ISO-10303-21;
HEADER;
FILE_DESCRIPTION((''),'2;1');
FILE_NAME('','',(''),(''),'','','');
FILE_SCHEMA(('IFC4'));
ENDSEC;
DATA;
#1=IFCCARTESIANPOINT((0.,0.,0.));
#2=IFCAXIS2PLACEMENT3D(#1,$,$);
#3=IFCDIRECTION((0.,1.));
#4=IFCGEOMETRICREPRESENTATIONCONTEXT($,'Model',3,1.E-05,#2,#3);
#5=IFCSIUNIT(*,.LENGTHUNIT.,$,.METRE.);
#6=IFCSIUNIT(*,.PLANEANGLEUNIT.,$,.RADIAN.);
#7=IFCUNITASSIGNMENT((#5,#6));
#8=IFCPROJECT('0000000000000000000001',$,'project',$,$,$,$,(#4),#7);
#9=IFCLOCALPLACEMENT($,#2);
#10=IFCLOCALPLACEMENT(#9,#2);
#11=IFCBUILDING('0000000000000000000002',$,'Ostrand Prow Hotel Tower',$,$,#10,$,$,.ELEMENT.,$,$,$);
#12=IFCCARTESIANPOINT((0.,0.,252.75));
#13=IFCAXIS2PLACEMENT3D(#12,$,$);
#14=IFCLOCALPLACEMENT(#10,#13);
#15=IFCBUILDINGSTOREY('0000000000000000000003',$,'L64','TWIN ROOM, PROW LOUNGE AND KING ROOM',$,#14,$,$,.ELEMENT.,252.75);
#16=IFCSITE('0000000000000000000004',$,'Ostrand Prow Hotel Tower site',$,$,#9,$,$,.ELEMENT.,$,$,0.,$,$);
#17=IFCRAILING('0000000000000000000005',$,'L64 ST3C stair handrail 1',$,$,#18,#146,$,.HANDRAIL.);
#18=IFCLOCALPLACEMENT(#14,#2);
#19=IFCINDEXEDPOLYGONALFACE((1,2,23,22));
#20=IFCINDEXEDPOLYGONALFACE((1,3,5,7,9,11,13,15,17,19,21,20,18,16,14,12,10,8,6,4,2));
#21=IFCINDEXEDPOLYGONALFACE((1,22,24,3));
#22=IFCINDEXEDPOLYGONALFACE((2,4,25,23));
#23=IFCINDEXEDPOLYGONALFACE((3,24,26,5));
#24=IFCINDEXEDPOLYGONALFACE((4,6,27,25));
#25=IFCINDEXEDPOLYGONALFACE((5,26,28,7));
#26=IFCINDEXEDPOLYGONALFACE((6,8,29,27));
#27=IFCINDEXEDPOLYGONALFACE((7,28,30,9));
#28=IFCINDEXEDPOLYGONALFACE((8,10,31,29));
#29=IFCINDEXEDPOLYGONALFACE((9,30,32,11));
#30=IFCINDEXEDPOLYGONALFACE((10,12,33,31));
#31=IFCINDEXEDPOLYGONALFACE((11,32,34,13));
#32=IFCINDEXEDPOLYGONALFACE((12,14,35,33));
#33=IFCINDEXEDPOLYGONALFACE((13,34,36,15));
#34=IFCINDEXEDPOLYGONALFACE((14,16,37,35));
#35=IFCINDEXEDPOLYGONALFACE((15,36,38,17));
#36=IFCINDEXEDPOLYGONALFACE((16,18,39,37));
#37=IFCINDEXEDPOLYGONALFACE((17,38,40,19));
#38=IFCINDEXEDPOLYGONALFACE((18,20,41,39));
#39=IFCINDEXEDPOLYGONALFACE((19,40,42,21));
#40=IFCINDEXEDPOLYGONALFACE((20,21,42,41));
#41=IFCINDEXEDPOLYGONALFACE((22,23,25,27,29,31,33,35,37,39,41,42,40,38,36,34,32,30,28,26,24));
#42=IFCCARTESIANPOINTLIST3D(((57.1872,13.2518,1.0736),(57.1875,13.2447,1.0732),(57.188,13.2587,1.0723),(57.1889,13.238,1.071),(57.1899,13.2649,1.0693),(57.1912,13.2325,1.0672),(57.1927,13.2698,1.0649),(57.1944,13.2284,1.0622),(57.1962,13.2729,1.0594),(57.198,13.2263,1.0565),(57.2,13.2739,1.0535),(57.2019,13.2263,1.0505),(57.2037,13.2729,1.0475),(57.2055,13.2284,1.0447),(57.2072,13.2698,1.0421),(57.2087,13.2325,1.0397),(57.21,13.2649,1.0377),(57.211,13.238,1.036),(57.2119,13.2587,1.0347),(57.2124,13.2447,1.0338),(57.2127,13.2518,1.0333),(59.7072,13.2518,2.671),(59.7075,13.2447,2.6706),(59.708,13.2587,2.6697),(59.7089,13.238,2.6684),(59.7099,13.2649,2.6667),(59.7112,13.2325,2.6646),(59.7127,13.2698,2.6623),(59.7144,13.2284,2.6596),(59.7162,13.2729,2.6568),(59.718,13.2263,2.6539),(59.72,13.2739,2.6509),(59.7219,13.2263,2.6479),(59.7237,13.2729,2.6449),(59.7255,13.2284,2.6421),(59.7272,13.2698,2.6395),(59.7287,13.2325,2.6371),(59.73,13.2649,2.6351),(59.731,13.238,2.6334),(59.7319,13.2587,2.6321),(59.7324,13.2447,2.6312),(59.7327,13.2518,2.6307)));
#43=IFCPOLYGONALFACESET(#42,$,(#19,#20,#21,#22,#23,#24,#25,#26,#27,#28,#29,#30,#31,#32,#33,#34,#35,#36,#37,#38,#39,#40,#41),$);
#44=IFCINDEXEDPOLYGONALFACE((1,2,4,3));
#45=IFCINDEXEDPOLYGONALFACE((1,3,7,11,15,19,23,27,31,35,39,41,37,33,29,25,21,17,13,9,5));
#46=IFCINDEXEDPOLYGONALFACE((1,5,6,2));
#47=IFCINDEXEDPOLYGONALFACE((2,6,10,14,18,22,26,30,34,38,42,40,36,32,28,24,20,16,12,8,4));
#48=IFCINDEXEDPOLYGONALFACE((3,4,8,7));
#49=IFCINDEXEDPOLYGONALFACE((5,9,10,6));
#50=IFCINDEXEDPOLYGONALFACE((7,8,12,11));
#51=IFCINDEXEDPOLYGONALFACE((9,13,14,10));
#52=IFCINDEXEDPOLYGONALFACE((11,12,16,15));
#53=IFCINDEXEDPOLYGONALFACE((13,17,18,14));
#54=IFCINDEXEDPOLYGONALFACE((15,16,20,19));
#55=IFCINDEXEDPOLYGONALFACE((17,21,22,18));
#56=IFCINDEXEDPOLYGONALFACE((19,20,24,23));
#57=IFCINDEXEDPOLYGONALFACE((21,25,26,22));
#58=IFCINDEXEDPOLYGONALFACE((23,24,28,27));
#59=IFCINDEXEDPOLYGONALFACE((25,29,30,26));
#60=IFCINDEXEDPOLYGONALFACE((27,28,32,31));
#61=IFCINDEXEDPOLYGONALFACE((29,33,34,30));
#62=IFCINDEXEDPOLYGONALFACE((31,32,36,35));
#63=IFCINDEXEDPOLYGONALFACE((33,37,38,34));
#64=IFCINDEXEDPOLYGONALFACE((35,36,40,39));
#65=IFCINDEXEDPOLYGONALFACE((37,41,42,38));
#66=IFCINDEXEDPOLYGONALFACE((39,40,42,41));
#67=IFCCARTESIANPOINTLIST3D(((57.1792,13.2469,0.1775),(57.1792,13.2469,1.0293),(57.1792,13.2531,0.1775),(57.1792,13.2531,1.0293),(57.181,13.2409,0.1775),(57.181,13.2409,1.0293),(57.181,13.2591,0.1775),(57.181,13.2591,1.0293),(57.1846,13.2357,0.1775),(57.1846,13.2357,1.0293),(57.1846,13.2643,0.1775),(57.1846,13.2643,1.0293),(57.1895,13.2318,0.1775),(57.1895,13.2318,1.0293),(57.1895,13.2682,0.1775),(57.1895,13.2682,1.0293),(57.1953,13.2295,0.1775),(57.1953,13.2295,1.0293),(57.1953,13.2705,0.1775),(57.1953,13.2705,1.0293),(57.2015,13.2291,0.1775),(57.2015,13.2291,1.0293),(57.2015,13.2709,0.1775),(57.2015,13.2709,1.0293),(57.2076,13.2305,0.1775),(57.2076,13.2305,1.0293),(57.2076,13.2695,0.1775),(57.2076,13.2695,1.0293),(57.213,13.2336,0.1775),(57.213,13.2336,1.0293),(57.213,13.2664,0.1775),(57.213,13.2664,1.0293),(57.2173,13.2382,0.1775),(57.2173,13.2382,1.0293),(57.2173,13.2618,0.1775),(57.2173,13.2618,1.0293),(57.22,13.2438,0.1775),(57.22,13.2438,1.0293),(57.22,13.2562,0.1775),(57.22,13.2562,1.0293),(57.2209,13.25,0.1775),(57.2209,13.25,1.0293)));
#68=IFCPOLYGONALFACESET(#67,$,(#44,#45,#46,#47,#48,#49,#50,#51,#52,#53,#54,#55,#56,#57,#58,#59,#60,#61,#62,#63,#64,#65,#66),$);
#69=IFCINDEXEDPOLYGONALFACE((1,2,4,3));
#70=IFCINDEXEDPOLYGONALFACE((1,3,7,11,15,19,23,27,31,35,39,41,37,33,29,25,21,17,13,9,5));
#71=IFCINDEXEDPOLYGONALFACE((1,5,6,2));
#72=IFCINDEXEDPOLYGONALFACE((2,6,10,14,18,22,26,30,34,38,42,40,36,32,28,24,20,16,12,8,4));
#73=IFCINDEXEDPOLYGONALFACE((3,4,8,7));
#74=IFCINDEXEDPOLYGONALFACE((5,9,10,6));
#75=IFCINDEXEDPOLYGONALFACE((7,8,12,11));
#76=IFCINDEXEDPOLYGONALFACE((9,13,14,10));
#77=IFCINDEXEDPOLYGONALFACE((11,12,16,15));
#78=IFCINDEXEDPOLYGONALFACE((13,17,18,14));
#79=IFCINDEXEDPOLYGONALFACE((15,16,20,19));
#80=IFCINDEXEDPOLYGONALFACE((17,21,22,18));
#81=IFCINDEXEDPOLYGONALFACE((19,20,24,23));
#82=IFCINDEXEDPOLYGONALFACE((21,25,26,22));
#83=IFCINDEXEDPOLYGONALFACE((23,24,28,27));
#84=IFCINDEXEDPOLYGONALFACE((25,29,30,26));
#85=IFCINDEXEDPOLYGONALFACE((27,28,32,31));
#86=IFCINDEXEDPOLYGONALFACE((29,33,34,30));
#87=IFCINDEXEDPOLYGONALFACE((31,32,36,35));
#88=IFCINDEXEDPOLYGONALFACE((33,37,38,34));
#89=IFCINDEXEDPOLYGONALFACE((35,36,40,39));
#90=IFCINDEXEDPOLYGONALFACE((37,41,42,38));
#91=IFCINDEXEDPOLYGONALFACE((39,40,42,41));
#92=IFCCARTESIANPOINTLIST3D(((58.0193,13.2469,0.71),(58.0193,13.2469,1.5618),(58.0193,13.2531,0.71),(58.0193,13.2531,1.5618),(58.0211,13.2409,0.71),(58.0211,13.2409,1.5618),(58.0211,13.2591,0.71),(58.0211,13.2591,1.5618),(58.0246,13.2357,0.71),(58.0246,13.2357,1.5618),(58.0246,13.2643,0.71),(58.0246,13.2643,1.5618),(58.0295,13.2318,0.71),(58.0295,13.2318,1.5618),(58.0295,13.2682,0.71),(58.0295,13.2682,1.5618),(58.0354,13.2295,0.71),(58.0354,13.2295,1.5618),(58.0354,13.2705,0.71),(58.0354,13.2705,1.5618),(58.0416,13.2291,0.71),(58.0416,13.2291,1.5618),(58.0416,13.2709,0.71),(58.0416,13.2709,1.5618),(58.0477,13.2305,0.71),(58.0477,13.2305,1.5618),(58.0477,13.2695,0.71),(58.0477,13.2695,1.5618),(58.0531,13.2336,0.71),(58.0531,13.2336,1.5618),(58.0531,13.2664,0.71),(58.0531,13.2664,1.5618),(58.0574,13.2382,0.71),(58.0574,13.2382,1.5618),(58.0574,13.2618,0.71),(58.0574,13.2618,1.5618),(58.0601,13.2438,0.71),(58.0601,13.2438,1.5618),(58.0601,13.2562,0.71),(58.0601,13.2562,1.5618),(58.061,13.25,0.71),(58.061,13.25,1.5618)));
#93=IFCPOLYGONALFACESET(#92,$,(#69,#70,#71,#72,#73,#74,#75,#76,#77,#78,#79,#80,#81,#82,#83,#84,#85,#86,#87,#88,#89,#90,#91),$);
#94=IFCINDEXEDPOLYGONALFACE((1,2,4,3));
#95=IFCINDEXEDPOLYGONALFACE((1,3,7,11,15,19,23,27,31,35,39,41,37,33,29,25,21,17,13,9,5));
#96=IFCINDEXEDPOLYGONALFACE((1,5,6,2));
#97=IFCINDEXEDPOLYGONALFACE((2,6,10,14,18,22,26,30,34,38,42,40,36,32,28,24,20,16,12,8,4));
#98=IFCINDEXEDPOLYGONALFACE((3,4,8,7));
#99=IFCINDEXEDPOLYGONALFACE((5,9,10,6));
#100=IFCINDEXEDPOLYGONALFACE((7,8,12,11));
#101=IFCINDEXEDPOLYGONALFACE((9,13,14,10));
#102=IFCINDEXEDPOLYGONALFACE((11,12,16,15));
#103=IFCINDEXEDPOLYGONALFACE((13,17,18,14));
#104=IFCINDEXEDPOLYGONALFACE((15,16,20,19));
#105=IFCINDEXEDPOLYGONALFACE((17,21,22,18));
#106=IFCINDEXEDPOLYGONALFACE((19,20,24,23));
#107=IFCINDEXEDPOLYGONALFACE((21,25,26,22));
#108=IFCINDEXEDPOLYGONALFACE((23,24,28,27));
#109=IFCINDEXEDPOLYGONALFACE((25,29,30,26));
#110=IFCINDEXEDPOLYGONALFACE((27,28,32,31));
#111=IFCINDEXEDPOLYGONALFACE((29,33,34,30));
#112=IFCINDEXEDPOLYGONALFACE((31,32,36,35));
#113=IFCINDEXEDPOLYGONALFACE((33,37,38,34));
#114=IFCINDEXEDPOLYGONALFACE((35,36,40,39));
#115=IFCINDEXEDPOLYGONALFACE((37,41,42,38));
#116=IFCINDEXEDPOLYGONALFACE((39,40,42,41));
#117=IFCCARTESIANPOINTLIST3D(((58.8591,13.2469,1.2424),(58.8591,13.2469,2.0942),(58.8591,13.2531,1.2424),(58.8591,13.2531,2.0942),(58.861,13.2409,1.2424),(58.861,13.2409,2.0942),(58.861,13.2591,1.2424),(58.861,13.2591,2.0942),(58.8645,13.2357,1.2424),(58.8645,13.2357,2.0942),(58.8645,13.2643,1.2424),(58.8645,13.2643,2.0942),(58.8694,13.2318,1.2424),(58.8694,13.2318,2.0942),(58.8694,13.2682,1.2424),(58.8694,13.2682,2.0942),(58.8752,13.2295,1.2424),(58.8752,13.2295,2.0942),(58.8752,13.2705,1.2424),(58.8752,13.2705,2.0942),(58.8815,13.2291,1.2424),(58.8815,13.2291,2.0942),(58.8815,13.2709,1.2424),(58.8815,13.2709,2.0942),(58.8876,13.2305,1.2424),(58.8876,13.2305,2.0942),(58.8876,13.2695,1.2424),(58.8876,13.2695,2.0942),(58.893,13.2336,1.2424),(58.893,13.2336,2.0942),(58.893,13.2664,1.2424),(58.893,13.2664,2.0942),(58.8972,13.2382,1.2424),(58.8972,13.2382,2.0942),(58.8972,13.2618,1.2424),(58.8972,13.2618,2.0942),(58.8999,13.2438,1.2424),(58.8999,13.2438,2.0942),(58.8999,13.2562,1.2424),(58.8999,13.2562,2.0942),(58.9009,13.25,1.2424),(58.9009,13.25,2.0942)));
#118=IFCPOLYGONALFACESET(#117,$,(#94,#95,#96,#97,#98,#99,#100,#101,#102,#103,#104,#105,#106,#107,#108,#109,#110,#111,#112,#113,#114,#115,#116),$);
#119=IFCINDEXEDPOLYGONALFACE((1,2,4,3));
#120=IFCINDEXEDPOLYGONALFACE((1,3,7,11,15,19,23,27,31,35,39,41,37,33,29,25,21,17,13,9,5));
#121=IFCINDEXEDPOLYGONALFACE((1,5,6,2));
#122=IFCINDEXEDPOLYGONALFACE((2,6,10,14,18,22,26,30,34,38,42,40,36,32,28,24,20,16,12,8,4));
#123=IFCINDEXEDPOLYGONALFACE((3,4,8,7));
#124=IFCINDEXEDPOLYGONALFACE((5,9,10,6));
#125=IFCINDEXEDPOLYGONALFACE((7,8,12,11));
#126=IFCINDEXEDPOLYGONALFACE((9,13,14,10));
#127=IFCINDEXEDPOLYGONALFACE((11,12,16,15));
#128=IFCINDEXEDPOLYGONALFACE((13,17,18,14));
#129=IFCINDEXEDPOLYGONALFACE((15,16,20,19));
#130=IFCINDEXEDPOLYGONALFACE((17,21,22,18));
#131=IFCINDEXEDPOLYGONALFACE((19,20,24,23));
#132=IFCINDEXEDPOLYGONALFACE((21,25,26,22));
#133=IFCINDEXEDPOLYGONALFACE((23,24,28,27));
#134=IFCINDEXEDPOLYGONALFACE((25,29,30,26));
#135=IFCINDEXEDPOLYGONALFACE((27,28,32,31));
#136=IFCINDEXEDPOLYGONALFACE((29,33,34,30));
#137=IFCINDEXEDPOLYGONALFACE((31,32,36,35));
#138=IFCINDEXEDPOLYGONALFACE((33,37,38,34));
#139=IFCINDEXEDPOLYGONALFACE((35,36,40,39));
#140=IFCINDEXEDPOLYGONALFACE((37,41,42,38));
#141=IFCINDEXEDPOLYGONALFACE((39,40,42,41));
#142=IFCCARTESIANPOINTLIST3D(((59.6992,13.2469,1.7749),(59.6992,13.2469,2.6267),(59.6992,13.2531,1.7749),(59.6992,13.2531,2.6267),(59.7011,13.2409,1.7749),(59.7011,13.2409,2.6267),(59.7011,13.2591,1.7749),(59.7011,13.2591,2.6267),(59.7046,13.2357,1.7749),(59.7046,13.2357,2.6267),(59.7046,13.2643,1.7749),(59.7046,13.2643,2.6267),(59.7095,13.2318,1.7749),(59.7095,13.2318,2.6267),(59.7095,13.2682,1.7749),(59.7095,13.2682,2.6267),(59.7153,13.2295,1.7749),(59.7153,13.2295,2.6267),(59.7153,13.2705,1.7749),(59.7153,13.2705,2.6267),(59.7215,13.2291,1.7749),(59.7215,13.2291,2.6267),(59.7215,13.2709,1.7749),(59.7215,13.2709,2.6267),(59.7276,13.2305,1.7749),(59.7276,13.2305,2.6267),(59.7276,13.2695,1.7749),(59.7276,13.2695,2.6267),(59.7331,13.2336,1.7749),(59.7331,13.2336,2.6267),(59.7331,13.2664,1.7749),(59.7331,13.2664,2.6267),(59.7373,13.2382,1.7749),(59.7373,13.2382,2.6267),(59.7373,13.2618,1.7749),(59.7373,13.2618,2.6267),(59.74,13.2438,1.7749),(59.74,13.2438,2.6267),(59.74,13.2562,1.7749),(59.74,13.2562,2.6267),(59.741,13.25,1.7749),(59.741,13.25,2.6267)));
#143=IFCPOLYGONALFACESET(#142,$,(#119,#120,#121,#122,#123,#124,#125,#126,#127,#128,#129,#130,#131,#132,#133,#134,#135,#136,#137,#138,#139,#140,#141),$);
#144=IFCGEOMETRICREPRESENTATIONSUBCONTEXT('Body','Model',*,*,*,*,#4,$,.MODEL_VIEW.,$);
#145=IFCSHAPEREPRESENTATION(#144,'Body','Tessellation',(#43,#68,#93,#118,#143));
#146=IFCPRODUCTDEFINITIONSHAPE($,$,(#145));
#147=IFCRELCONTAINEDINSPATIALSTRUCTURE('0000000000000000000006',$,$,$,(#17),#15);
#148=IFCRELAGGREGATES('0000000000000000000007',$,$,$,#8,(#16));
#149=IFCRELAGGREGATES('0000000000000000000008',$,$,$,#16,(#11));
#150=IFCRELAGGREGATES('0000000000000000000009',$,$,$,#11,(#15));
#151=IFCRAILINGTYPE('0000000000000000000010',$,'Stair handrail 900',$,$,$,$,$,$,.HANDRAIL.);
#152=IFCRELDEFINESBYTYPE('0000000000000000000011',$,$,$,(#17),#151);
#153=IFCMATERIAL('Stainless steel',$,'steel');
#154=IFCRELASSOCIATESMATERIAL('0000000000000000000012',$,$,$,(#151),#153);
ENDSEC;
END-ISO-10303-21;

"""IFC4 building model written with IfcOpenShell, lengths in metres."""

from ifc_helpers import new_model, si_unit, direction, frame, origin, origin_2d, place, context, subcontext, project, spatial, circle, extrude, material, type_object, element, save


model = new_model("IFC4")

# Units and contexts
model_context = context("Model", 3, precision=1e-05, world=origin(), true_north=direction((0.0, 1.0)))
body_context = subcontext(model_context, "Body", "Model", "MODEL_VIEW")
ifc_project = project(units=[si_unit("LENGTHUNIT", "METRE"), si_unit("PLANEANGLEUNIT", "RADIAN")], contexts=[model_context])

# Site, building, storey
site_placement = place(None, origin())
site = spatial("IfcSite", under=ifc_project, at=site_placement, Name="Ostrand Prow Hotel Tower site", CompositionType="ELEMENT", RefElevation=0.0)
building_placement = place(site_placement, origin())
building = spatial("IfcBuilding", under=site, at=building_placement, Name="Ostrand Prow Hotel Tower", CompositionType="ELEMENT")
storey_placement = place(building_placement, frame((0.0, 0.0, 252.75)))
storey = spatial("IfcBuildingStorey", under=building, at=storey_placement, Name="L64", Description="TWIN ROOM, PROW LOUNGE AND KING ROOM", CompositionType="ELEMENT", Elevation=252.75)

# Railing
ifc_material_1 = material(Name="Stainless steel", Category="steel")
railing_type_1 = type_object("IfcRailingType", Name="Stair handrail 900", PredefinedType="HANDRAIL", material=ifc_material_1)
railing_1_placement = place(storey_placement, frame((57.2, 13.25, 0.1775)))
element("IfcRailing", 1, at=railing_1_placement, inside=storey, type_object=railing_type_1, Name="L64 ST3C stair handrail 1", PredefinedType="HANDRAIL", context=body_context, shape_type="SweptSolid", body=[
    extrude(circle(Radius=0.0239, at=origin_2d()), frame((0.0, 0.0, 0.876), z_axis=(0.844607, 0.0, 0.535387), x_axis=(0.0, 1.0, 0.0)), (0.0, 0.0, 1.0), 2.9836),
    extrude(circle(Radius=0.021, at=origin_2d()), origin(), (0.0, 0.0, 1.0), 0.8518),
    extrude(circle(Radius=0.021, at=origin_2d()), frame((0.8401, 0.0, 0.5325)), (0.0, 0.0, 1.0), 0.8518),
    extrude(circle(Radius=0.021, at=origin_2d()), frame((1.6799, 0.0, 1.0649)), (0.0, 0.0, 1.0), 0.8518),
    extrude(circle(Radius=0.021, at=origin_2d()), frame((2.52, 0.0, 1.5974)), (0.0, 0.0, 1.0), 0.8518),
])

save(model, "model.ifc")
